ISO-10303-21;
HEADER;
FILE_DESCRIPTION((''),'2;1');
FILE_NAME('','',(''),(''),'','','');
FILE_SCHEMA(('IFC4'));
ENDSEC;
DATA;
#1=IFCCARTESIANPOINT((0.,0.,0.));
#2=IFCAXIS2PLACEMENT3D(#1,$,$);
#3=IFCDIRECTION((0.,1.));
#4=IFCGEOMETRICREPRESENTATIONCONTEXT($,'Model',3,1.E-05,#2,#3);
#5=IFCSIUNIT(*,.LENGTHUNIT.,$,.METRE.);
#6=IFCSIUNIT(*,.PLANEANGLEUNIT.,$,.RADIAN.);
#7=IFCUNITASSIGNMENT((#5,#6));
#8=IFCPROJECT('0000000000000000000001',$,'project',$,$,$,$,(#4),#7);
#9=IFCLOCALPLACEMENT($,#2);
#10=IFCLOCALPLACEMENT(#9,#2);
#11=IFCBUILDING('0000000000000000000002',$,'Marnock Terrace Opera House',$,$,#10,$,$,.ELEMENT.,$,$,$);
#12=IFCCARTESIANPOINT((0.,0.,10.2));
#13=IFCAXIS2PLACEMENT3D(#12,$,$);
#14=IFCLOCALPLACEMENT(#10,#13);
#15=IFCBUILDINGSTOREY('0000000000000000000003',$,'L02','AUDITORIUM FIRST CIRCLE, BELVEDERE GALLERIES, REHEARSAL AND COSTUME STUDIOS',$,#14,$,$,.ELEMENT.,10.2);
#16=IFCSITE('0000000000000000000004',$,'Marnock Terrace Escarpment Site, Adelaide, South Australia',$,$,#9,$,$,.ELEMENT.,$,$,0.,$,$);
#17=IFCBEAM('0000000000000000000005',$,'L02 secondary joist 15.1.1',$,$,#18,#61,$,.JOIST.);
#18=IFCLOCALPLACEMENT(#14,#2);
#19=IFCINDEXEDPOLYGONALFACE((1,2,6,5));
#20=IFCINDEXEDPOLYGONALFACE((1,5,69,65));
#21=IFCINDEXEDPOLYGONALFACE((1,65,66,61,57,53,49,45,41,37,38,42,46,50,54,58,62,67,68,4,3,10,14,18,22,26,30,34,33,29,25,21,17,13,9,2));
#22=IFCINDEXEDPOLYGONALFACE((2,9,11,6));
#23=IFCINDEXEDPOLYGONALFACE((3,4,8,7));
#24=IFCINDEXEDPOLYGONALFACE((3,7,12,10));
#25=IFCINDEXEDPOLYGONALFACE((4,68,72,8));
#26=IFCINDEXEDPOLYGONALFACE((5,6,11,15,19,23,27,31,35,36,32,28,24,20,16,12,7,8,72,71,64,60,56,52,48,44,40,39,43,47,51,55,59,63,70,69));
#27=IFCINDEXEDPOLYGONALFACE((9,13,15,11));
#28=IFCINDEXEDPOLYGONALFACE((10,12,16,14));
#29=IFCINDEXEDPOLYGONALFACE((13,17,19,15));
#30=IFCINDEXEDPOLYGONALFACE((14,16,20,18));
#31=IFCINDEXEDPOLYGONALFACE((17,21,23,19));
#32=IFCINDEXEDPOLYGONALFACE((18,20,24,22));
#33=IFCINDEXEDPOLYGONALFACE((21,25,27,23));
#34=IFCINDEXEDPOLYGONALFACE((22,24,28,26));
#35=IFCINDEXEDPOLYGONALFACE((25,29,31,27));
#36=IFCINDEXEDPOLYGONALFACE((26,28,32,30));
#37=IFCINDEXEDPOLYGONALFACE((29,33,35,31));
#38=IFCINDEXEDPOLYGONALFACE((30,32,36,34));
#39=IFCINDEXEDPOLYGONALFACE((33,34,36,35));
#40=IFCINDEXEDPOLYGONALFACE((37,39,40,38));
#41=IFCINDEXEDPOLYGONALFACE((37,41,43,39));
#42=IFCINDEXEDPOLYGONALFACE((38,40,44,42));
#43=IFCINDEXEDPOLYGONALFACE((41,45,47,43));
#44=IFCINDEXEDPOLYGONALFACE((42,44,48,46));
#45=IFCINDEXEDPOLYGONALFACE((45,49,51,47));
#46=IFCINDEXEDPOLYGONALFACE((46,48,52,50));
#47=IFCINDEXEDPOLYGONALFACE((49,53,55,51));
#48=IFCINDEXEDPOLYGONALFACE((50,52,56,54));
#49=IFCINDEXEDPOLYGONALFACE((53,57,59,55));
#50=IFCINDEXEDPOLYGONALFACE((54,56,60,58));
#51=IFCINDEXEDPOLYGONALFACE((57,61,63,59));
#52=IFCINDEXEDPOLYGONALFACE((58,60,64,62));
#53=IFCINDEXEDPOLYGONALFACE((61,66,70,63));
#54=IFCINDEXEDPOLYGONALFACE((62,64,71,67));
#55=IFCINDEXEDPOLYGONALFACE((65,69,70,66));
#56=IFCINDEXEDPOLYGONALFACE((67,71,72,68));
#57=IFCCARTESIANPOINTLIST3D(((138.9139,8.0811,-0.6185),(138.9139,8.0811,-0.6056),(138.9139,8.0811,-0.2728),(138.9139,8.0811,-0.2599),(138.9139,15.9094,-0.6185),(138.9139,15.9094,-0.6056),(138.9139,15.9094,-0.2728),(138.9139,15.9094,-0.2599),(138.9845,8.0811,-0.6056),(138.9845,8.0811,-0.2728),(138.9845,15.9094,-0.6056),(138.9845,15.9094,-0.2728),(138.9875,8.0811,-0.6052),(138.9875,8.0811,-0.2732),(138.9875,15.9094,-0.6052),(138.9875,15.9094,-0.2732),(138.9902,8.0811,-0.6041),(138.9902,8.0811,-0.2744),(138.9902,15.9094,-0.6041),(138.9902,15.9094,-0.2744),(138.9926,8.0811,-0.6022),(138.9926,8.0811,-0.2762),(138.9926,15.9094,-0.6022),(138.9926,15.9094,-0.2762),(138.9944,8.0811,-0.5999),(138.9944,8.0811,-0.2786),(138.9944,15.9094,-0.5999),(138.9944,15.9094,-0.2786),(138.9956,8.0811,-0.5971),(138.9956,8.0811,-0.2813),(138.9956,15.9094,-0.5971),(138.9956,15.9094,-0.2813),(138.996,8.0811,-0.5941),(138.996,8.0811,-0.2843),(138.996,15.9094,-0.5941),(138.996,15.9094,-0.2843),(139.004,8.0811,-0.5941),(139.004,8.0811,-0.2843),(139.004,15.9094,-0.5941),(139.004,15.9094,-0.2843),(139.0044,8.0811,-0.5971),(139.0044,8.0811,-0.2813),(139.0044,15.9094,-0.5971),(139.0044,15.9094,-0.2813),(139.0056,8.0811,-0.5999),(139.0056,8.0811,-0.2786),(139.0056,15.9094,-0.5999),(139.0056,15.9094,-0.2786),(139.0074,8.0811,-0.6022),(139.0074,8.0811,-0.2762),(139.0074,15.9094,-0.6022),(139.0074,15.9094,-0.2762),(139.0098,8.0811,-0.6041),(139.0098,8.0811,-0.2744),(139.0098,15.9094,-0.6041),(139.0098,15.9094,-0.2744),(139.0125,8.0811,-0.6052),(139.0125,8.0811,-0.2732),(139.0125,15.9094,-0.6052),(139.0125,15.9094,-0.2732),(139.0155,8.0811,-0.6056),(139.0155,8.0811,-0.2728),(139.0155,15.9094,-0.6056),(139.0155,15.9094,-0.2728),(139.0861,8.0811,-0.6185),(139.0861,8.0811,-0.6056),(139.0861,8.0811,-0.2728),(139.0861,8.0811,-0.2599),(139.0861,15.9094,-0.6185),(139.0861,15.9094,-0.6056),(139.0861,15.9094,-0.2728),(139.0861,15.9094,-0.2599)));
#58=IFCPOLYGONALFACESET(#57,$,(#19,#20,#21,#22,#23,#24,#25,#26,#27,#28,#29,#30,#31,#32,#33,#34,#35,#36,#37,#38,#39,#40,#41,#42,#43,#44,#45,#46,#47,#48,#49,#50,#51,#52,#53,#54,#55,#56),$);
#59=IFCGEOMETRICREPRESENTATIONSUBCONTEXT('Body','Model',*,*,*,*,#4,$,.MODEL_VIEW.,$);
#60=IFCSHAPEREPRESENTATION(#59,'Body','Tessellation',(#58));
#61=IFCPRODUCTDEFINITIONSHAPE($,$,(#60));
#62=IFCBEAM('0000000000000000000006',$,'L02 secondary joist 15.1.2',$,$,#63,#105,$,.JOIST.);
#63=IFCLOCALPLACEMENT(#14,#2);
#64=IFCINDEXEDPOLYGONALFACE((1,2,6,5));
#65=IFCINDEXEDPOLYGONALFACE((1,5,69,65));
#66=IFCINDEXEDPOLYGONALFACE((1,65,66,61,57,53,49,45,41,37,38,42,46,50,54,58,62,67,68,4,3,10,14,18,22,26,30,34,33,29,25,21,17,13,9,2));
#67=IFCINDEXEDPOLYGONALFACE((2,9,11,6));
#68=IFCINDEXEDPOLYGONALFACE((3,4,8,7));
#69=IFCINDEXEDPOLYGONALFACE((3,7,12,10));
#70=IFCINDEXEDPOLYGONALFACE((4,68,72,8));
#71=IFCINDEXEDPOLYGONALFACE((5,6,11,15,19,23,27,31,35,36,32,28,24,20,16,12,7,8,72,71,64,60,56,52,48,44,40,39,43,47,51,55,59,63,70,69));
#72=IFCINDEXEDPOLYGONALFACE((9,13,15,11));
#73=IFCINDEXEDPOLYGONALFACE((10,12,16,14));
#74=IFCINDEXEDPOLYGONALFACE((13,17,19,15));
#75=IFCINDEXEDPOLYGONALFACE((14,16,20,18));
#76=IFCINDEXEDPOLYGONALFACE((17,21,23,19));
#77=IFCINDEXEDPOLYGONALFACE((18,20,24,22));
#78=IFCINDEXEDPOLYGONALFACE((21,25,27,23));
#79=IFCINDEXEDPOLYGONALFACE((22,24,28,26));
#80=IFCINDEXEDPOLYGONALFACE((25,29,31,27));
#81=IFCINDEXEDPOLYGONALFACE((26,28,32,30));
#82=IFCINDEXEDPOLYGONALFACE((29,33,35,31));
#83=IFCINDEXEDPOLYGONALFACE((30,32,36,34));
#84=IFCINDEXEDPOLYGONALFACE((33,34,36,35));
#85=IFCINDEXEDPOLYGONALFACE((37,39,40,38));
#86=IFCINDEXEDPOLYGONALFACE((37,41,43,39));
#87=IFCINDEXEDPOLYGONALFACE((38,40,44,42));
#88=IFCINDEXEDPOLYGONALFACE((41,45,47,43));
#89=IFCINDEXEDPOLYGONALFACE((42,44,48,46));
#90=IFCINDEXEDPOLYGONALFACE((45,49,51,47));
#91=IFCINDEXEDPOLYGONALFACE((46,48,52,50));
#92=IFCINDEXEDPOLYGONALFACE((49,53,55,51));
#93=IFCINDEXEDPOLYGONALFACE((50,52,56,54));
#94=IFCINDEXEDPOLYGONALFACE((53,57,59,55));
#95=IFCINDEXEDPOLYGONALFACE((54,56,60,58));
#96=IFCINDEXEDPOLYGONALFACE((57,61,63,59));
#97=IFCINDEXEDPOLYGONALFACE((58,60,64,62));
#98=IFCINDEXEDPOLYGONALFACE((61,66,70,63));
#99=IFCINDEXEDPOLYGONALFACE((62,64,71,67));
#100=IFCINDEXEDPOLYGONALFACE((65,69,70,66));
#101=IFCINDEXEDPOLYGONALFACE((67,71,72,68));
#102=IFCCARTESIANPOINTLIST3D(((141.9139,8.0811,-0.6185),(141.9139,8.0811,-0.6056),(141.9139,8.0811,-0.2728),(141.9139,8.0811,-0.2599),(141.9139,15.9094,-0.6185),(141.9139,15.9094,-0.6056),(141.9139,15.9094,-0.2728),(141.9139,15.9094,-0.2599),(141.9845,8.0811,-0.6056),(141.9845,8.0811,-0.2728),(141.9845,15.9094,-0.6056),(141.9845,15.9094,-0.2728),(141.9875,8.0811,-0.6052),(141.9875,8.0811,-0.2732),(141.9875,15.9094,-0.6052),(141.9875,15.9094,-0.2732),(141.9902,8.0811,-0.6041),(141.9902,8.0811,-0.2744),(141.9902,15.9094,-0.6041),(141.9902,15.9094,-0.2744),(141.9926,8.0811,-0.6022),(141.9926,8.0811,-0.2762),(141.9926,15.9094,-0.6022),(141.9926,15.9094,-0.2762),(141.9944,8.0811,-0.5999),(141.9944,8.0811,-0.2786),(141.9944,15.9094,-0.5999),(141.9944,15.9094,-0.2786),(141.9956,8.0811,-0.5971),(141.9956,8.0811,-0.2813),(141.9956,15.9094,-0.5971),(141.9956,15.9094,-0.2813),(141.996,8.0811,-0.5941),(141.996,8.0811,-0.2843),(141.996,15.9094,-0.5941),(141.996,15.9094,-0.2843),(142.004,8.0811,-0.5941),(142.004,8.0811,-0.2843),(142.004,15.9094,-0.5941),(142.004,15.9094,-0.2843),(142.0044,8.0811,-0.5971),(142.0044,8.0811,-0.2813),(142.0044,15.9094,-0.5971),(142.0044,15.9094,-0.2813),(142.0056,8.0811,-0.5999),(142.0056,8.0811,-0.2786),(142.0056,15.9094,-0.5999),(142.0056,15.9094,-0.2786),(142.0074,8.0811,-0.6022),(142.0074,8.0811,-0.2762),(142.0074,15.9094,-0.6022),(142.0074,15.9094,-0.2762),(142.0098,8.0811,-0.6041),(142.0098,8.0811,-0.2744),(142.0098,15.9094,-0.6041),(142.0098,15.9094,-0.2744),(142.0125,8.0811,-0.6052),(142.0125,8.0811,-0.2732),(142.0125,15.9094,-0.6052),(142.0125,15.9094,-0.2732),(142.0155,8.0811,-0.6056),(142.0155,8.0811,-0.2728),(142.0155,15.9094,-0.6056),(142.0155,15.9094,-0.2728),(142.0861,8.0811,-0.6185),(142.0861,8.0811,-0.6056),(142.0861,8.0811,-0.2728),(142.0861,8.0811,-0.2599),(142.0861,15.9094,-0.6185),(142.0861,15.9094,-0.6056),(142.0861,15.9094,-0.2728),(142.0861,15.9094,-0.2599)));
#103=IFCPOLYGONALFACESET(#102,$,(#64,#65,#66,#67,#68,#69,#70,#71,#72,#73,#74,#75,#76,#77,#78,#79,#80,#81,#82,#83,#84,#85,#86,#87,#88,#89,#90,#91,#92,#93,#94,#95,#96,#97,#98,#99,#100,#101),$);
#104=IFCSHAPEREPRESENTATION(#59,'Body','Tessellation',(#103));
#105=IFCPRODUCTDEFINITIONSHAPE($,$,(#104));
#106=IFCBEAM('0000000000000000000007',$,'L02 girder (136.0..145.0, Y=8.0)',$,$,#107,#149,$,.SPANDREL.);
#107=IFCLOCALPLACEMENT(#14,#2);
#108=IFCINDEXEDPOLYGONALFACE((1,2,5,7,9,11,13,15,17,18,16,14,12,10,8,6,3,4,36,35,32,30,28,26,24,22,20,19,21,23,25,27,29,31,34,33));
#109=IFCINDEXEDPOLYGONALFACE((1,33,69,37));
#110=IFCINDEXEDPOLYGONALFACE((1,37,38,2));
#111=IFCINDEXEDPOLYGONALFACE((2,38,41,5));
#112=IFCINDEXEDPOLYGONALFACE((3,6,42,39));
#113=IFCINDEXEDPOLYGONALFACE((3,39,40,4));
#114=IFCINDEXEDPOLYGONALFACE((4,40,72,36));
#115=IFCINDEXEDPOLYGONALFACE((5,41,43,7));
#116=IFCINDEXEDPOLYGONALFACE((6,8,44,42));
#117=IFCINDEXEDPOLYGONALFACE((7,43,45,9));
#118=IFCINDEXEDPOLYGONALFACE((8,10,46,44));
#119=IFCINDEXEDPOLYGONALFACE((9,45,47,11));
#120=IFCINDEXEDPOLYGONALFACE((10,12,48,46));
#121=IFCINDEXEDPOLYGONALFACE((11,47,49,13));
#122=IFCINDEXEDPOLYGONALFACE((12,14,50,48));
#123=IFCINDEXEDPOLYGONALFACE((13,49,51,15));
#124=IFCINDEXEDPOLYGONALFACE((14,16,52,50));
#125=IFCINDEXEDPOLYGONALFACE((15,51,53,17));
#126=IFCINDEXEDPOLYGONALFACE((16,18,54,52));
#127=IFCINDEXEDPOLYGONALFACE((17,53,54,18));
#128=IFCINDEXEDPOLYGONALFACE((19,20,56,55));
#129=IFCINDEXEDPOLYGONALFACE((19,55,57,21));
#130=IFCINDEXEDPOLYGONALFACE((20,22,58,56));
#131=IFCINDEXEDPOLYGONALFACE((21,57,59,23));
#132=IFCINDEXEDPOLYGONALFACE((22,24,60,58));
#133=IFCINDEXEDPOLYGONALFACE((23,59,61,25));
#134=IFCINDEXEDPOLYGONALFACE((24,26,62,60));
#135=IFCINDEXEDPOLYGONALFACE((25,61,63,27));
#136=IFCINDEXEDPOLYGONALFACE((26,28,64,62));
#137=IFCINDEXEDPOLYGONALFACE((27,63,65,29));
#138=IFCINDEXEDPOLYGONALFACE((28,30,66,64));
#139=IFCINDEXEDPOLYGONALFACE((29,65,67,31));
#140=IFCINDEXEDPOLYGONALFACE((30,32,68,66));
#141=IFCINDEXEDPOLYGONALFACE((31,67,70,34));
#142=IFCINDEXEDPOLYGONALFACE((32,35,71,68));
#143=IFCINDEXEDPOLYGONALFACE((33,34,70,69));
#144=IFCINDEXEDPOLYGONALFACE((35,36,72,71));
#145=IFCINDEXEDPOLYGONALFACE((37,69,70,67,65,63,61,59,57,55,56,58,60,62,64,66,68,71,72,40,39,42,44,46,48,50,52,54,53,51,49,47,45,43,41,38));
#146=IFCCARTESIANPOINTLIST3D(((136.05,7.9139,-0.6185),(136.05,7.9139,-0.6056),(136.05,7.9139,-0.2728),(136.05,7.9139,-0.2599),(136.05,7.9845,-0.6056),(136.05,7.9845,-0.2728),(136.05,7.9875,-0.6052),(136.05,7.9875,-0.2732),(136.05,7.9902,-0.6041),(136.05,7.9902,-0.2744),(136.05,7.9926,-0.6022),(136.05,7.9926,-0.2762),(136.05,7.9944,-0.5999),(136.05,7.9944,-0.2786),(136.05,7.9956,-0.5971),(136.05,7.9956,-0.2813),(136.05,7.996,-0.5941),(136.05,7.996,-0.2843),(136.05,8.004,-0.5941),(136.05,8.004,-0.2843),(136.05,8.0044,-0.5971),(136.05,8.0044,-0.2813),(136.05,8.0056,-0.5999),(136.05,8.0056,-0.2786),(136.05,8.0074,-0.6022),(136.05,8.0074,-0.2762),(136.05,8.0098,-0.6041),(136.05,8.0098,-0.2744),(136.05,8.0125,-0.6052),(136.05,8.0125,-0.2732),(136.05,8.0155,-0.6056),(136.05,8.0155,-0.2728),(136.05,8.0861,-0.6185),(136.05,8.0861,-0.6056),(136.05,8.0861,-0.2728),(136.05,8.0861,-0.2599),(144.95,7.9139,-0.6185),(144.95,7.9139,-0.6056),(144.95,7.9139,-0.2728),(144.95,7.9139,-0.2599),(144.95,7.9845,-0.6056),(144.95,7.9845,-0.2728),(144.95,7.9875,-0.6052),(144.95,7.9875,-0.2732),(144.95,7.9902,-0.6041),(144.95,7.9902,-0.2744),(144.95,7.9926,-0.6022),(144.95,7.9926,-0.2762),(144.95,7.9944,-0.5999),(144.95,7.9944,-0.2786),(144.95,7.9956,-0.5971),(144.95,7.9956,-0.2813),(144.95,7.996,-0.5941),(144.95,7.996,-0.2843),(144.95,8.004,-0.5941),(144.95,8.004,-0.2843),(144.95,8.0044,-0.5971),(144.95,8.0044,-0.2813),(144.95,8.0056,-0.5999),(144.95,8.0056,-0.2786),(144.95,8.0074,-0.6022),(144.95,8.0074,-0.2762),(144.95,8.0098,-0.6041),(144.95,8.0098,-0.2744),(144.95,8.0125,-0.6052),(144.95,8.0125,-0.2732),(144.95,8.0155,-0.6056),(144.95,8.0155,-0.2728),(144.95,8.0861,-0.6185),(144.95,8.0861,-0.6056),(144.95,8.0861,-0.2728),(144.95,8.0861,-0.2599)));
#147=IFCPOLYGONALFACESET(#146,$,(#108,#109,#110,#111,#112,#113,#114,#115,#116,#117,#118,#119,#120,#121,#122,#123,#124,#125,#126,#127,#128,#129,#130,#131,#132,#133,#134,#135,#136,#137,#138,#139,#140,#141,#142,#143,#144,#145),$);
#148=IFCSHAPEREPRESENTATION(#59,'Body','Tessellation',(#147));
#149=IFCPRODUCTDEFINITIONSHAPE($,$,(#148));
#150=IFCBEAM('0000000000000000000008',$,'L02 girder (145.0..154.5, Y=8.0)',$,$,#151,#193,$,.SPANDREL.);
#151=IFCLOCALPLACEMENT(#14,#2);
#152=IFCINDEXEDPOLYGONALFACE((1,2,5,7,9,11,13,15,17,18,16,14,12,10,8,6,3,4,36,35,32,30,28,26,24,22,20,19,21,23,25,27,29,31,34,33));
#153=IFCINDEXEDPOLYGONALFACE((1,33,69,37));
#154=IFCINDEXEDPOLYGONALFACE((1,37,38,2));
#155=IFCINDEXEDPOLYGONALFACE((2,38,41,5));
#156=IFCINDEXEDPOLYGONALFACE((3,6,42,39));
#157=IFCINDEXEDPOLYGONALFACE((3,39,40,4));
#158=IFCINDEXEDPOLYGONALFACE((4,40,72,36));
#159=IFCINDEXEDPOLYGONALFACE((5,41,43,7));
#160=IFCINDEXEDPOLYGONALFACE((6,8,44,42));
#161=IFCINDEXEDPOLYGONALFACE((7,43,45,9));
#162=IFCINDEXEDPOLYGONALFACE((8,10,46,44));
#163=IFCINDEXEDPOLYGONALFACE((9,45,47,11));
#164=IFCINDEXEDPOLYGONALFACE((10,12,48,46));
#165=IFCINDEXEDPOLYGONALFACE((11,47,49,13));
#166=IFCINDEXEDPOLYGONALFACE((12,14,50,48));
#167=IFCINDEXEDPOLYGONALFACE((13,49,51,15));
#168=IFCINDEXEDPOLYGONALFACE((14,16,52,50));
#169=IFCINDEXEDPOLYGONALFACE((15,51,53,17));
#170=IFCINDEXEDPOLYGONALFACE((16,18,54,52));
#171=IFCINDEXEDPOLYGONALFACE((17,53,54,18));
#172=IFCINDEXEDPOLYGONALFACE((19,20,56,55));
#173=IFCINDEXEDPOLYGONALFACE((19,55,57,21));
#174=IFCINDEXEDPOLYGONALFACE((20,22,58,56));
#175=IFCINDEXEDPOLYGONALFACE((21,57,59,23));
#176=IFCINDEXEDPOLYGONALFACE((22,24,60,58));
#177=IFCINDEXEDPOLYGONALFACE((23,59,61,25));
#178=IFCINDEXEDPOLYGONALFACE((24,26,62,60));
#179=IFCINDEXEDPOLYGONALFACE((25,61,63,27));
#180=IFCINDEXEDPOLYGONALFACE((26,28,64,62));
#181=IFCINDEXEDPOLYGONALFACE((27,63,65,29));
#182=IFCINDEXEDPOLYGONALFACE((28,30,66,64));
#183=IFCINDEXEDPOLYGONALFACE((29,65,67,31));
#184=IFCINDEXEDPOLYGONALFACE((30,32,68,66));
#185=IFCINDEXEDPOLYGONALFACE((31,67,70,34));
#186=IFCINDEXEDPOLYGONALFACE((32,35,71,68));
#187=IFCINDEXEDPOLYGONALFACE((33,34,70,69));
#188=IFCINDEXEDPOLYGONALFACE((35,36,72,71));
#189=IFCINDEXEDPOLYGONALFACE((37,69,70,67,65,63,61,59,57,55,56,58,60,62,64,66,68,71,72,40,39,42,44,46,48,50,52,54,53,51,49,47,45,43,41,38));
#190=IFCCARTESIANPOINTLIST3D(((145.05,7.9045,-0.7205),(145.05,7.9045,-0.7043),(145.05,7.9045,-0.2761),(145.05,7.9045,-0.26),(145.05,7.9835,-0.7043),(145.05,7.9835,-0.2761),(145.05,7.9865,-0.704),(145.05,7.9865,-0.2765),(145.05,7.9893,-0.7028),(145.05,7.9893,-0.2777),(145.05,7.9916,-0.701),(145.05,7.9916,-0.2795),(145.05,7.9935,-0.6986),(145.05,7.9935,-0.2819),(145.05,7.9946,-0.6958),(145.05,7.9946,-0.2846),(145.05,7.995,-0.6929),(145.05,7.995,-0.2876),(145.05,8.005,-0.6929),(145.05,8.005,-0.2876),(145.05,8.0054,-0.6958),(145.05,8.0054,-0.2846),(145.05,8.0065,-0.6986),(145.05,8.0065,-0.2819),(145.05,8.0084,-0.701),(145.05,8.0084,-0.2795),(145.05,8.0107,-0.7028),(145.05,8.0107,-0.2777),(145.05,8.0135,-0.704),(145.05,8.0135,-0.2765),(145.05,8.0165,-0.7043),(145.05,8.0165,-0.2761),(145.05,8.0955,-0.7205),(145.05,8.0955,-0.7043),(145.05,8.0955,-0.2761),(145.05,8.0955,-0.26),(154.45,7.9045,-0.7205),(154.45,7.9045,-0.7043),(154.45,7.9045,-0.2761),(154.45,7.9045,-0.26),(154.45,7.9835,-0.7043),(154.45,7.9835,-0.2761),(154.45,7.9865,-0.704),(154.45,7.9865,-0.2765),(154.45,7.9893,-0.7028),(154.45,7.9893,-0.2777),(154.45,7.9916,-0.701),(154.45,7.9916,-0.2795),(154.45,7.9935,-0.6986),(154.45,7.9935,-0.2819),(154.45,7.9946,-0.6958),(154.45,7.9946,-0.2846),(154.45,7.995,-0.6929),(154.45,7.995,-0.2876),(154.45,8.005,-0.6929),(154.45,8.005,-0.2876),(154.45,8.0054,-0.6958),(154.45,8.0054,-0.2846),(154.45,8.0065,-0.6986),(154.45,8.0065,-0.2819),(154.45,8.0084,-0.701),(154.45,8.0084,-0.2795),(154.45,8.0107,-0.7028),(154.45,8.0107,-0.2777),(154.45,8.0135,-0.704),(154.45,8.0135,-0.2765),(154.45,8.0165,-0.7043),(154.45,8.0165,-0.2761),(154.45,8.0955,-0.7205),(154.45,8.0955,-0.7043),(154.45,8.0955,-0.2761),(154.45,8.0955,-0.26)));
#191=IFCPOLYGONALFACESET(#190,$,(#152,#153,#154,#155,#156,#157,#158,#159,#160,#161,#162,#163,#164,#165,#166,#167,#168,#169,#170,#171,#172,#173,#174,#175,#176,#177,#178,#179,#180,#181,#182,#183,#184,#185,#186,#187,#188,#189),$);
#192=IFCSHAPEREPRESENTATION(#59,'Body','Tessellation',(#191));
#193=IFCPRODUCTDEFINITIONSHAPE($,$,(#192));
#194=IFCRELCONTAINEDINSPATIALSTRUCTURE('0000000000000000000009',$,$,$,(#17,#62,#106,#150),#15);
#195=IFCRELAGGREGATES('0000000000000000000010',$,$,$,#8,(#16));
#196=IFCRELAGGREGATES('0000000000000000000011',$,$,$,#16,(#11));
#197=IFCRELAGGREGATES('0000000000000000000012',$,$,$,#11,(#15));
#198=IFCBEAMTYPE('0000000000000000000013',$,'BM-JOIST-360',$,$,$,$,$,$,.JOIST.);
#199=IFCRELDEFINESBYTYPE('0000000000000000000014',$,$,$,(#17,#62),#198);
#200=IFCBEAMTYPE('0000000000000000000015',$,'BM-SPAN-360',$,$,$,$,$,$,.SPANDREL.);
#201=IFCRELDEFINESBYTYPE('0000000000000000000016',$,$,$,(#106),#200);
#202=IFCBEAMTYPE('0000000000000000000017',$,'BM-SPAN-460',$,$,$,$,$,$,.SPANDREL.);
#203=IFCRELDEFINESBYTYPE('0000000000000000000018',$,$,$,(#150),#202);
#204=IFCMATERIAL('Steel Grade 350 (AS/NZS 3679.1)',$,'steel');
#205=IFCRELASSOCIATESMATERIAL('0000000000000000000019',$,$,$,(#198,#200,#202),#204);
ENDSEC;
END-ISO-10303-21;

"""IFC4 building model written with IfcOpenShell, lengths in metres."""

from ifc_helpers import new_model, si_unit, direction, frame, origin, origin_2d, place, context, subcontext, project, spatial, i_section, extrude, material, material_profile, profile_set, type_object, element, save


model = new_model("IFC4")

# Units and contexts
model_context = context("Model", 3, precision=1e-05, world=origin(), true_north=direction((0.0, 1.0)))
body_context = subcontext(model_context, "Body", "Model", "MODEL_VIEW")
ifc_project = project(units=[si_unit("LENGTHUNIT", "METRE"), si_unit("PLANEANGLEUNIT", "RADIAN")], contexts=[model_context])

# Site, building, storey
site_placement = place(None, origin())
site = spatial("IfcSite", under=ifc_project, at=site_placement, Name="Marnock Terrace Escarpment Site, Adelaide, South Australia", CompositionType="ELEMENT", RefElevation=0.0)
building_placement = place(site_placement, origin())
building = spatial("IfcBuilding", under=site, at=building_placement, Name="Marnock Terrace Opera House", CompositionType="ELEMENT")
storey_placement = place(building_placement, frame((0.0, 0.0, 10.2)))
storey = spatial("IfcBuildingStorey", under=building, at=storey_placement, Name="L02", Description="AUDITORIUM FIRST CIRCLE, BELVEDERE GALLERIES, REHEARSAL AND COSTUME STUDIOS", CompositionType="ELEMENT", Elevation=10.2)

# Beams
ifc_material_1 = material(Name="Steel Grade 350 (AS/NZS 3679.1)", Category="steel")
ifc_material_profile_1 = material_profile(ifc_material_1, i_section(OverallWidth=0.1721, OverallDepth=0.3586, WebThickness=0.0081, FlangeThickness=0.0129, FilletRadius=0.0115, at=origin_2d()))
ifc_profile_set_1 = profile_set([ifc_material_profile_1], Name="Steel Grade 350 (AS/NZS 3679.1)")
beam_type_1 = type_object("IfcBeamType", Name="BM-JOIST-360", PredefinedType="JOIST", material=ifc_profile_set_1)
for number, where, z_axis, x_axis, name in (
    (1, (139.0, 8.0811, -0.4392), (0.0, 1.0, 0.0), (-1.0, 0.0, 0.0), "L02 secondary joist 15.1.1"),
    (2, (142.0, 8.0811, -0.4392), (0.0, 1.0, 0.0), (-1.0, 0.0, 0.0), "L02 secondary joist 15.1.2"),
):
    element("IfcBeam", number, at=place(storey_placement, frame(where, z_axis=z_axis, x_axis=x_axis)), inside=storey, type_object=beam_type_1, Name=name, PredefinedType="JOIST", context=body_context, shape_type="SweptSolid", body=[
        extrude(i_section(OverallWidth=0.1721, OverallDepth=0.3586, WebThickness=0.0081, FlangeThickness=0.0129, FilletRadius=0.0115, at=origin_2d()), origin(), (0.0, 0.0, 1.0), 7.8284),
    ])
ifc_material_profile_2 = material_profile(ifc_material_1, i_section(OverallWidth=0.1721, OverallDepth=0.3586, WebThickness=0.0081, FlangeThickness=0.0129, FilletRadius=0.0115, at=origin_2d()))
ifc_profile_set_2 = profile_set([ifc_material_profile_2], Name="Steel Grade 350 (AS/NZS 3679.1)")
beam_type_2 = type_object("IfcBeamType", Name="BM-SPAN-360", PredefinedType="SPANDREL", material=ifc_profile_set_2)
beam_1_placement = place(storey_placement, frame((136.05, 8.0, -0.4392), z_axis=(1.0, 0.0, 0.0), x_axis=(0.0, 1.0, 0.0)))
element("IfcBeam", 3, at=beam_1_placement, inside=storey, type_object=beam_type_2, Name="L02 girder (136.0..145.0, Y=8.0)", PredefinedType="SPANDREL", context=body_context, shape_type="SweptSolid", body=[
    extrude(i_section(OverallWidth=0.1721, OverallDepth=0.3586, WebThickness=0.0081, FlangeThickness=0.0129, FilletRadius=0.0115, at=origin_2d()), origin(), (0.0, 0.0, 1.0), 8.8999),
])
ifc_material_profile_3 = material_profile(ifc_material_1, i_section(OverallWidth=0.1909, OverallDepth=0.4604, WebThickness=0.01, FlangeThickness=0.0161, FilletRadius=0.0115, at=origin_2d()))
ifc_profile_set_3 = profile_set([ifc_material_profile_3], Name="Steel Grade 350 (AS/NZS 3679.1)")
beam_type_3 = type_object("IfcBeamType", Name="BM-SPAN-460", PredefinedType="SPANDREL", material=ifc_profile_set_3)
beam_2_placement = place(storey_placement, frame((145.05, 8.0, -0.4902), z_axis=(1.0, 0.0, 0.0), x_axis=(0.0, 1.0, 0.0)))
element("IfcBeam", 4, at=beam_2_placement, inside=storey, type_object=beam_type_3, Name="L02 girder (145.0..154.5, Y=8.0)", PredefinedType="SPANDREL", context=body_context, shape_type="SweptSolid", body=[
    extrude(i_section(OverallWidth=0.1909, OverallDepth=0.4604, WebThickness=0.01, FlangeThickness=0.0161, FilletRadius=0.0115, at=origin_2d()), origin(), (0.0, 0.0, 1.0), 9.3999),
])

save(model, "model.ifc")
